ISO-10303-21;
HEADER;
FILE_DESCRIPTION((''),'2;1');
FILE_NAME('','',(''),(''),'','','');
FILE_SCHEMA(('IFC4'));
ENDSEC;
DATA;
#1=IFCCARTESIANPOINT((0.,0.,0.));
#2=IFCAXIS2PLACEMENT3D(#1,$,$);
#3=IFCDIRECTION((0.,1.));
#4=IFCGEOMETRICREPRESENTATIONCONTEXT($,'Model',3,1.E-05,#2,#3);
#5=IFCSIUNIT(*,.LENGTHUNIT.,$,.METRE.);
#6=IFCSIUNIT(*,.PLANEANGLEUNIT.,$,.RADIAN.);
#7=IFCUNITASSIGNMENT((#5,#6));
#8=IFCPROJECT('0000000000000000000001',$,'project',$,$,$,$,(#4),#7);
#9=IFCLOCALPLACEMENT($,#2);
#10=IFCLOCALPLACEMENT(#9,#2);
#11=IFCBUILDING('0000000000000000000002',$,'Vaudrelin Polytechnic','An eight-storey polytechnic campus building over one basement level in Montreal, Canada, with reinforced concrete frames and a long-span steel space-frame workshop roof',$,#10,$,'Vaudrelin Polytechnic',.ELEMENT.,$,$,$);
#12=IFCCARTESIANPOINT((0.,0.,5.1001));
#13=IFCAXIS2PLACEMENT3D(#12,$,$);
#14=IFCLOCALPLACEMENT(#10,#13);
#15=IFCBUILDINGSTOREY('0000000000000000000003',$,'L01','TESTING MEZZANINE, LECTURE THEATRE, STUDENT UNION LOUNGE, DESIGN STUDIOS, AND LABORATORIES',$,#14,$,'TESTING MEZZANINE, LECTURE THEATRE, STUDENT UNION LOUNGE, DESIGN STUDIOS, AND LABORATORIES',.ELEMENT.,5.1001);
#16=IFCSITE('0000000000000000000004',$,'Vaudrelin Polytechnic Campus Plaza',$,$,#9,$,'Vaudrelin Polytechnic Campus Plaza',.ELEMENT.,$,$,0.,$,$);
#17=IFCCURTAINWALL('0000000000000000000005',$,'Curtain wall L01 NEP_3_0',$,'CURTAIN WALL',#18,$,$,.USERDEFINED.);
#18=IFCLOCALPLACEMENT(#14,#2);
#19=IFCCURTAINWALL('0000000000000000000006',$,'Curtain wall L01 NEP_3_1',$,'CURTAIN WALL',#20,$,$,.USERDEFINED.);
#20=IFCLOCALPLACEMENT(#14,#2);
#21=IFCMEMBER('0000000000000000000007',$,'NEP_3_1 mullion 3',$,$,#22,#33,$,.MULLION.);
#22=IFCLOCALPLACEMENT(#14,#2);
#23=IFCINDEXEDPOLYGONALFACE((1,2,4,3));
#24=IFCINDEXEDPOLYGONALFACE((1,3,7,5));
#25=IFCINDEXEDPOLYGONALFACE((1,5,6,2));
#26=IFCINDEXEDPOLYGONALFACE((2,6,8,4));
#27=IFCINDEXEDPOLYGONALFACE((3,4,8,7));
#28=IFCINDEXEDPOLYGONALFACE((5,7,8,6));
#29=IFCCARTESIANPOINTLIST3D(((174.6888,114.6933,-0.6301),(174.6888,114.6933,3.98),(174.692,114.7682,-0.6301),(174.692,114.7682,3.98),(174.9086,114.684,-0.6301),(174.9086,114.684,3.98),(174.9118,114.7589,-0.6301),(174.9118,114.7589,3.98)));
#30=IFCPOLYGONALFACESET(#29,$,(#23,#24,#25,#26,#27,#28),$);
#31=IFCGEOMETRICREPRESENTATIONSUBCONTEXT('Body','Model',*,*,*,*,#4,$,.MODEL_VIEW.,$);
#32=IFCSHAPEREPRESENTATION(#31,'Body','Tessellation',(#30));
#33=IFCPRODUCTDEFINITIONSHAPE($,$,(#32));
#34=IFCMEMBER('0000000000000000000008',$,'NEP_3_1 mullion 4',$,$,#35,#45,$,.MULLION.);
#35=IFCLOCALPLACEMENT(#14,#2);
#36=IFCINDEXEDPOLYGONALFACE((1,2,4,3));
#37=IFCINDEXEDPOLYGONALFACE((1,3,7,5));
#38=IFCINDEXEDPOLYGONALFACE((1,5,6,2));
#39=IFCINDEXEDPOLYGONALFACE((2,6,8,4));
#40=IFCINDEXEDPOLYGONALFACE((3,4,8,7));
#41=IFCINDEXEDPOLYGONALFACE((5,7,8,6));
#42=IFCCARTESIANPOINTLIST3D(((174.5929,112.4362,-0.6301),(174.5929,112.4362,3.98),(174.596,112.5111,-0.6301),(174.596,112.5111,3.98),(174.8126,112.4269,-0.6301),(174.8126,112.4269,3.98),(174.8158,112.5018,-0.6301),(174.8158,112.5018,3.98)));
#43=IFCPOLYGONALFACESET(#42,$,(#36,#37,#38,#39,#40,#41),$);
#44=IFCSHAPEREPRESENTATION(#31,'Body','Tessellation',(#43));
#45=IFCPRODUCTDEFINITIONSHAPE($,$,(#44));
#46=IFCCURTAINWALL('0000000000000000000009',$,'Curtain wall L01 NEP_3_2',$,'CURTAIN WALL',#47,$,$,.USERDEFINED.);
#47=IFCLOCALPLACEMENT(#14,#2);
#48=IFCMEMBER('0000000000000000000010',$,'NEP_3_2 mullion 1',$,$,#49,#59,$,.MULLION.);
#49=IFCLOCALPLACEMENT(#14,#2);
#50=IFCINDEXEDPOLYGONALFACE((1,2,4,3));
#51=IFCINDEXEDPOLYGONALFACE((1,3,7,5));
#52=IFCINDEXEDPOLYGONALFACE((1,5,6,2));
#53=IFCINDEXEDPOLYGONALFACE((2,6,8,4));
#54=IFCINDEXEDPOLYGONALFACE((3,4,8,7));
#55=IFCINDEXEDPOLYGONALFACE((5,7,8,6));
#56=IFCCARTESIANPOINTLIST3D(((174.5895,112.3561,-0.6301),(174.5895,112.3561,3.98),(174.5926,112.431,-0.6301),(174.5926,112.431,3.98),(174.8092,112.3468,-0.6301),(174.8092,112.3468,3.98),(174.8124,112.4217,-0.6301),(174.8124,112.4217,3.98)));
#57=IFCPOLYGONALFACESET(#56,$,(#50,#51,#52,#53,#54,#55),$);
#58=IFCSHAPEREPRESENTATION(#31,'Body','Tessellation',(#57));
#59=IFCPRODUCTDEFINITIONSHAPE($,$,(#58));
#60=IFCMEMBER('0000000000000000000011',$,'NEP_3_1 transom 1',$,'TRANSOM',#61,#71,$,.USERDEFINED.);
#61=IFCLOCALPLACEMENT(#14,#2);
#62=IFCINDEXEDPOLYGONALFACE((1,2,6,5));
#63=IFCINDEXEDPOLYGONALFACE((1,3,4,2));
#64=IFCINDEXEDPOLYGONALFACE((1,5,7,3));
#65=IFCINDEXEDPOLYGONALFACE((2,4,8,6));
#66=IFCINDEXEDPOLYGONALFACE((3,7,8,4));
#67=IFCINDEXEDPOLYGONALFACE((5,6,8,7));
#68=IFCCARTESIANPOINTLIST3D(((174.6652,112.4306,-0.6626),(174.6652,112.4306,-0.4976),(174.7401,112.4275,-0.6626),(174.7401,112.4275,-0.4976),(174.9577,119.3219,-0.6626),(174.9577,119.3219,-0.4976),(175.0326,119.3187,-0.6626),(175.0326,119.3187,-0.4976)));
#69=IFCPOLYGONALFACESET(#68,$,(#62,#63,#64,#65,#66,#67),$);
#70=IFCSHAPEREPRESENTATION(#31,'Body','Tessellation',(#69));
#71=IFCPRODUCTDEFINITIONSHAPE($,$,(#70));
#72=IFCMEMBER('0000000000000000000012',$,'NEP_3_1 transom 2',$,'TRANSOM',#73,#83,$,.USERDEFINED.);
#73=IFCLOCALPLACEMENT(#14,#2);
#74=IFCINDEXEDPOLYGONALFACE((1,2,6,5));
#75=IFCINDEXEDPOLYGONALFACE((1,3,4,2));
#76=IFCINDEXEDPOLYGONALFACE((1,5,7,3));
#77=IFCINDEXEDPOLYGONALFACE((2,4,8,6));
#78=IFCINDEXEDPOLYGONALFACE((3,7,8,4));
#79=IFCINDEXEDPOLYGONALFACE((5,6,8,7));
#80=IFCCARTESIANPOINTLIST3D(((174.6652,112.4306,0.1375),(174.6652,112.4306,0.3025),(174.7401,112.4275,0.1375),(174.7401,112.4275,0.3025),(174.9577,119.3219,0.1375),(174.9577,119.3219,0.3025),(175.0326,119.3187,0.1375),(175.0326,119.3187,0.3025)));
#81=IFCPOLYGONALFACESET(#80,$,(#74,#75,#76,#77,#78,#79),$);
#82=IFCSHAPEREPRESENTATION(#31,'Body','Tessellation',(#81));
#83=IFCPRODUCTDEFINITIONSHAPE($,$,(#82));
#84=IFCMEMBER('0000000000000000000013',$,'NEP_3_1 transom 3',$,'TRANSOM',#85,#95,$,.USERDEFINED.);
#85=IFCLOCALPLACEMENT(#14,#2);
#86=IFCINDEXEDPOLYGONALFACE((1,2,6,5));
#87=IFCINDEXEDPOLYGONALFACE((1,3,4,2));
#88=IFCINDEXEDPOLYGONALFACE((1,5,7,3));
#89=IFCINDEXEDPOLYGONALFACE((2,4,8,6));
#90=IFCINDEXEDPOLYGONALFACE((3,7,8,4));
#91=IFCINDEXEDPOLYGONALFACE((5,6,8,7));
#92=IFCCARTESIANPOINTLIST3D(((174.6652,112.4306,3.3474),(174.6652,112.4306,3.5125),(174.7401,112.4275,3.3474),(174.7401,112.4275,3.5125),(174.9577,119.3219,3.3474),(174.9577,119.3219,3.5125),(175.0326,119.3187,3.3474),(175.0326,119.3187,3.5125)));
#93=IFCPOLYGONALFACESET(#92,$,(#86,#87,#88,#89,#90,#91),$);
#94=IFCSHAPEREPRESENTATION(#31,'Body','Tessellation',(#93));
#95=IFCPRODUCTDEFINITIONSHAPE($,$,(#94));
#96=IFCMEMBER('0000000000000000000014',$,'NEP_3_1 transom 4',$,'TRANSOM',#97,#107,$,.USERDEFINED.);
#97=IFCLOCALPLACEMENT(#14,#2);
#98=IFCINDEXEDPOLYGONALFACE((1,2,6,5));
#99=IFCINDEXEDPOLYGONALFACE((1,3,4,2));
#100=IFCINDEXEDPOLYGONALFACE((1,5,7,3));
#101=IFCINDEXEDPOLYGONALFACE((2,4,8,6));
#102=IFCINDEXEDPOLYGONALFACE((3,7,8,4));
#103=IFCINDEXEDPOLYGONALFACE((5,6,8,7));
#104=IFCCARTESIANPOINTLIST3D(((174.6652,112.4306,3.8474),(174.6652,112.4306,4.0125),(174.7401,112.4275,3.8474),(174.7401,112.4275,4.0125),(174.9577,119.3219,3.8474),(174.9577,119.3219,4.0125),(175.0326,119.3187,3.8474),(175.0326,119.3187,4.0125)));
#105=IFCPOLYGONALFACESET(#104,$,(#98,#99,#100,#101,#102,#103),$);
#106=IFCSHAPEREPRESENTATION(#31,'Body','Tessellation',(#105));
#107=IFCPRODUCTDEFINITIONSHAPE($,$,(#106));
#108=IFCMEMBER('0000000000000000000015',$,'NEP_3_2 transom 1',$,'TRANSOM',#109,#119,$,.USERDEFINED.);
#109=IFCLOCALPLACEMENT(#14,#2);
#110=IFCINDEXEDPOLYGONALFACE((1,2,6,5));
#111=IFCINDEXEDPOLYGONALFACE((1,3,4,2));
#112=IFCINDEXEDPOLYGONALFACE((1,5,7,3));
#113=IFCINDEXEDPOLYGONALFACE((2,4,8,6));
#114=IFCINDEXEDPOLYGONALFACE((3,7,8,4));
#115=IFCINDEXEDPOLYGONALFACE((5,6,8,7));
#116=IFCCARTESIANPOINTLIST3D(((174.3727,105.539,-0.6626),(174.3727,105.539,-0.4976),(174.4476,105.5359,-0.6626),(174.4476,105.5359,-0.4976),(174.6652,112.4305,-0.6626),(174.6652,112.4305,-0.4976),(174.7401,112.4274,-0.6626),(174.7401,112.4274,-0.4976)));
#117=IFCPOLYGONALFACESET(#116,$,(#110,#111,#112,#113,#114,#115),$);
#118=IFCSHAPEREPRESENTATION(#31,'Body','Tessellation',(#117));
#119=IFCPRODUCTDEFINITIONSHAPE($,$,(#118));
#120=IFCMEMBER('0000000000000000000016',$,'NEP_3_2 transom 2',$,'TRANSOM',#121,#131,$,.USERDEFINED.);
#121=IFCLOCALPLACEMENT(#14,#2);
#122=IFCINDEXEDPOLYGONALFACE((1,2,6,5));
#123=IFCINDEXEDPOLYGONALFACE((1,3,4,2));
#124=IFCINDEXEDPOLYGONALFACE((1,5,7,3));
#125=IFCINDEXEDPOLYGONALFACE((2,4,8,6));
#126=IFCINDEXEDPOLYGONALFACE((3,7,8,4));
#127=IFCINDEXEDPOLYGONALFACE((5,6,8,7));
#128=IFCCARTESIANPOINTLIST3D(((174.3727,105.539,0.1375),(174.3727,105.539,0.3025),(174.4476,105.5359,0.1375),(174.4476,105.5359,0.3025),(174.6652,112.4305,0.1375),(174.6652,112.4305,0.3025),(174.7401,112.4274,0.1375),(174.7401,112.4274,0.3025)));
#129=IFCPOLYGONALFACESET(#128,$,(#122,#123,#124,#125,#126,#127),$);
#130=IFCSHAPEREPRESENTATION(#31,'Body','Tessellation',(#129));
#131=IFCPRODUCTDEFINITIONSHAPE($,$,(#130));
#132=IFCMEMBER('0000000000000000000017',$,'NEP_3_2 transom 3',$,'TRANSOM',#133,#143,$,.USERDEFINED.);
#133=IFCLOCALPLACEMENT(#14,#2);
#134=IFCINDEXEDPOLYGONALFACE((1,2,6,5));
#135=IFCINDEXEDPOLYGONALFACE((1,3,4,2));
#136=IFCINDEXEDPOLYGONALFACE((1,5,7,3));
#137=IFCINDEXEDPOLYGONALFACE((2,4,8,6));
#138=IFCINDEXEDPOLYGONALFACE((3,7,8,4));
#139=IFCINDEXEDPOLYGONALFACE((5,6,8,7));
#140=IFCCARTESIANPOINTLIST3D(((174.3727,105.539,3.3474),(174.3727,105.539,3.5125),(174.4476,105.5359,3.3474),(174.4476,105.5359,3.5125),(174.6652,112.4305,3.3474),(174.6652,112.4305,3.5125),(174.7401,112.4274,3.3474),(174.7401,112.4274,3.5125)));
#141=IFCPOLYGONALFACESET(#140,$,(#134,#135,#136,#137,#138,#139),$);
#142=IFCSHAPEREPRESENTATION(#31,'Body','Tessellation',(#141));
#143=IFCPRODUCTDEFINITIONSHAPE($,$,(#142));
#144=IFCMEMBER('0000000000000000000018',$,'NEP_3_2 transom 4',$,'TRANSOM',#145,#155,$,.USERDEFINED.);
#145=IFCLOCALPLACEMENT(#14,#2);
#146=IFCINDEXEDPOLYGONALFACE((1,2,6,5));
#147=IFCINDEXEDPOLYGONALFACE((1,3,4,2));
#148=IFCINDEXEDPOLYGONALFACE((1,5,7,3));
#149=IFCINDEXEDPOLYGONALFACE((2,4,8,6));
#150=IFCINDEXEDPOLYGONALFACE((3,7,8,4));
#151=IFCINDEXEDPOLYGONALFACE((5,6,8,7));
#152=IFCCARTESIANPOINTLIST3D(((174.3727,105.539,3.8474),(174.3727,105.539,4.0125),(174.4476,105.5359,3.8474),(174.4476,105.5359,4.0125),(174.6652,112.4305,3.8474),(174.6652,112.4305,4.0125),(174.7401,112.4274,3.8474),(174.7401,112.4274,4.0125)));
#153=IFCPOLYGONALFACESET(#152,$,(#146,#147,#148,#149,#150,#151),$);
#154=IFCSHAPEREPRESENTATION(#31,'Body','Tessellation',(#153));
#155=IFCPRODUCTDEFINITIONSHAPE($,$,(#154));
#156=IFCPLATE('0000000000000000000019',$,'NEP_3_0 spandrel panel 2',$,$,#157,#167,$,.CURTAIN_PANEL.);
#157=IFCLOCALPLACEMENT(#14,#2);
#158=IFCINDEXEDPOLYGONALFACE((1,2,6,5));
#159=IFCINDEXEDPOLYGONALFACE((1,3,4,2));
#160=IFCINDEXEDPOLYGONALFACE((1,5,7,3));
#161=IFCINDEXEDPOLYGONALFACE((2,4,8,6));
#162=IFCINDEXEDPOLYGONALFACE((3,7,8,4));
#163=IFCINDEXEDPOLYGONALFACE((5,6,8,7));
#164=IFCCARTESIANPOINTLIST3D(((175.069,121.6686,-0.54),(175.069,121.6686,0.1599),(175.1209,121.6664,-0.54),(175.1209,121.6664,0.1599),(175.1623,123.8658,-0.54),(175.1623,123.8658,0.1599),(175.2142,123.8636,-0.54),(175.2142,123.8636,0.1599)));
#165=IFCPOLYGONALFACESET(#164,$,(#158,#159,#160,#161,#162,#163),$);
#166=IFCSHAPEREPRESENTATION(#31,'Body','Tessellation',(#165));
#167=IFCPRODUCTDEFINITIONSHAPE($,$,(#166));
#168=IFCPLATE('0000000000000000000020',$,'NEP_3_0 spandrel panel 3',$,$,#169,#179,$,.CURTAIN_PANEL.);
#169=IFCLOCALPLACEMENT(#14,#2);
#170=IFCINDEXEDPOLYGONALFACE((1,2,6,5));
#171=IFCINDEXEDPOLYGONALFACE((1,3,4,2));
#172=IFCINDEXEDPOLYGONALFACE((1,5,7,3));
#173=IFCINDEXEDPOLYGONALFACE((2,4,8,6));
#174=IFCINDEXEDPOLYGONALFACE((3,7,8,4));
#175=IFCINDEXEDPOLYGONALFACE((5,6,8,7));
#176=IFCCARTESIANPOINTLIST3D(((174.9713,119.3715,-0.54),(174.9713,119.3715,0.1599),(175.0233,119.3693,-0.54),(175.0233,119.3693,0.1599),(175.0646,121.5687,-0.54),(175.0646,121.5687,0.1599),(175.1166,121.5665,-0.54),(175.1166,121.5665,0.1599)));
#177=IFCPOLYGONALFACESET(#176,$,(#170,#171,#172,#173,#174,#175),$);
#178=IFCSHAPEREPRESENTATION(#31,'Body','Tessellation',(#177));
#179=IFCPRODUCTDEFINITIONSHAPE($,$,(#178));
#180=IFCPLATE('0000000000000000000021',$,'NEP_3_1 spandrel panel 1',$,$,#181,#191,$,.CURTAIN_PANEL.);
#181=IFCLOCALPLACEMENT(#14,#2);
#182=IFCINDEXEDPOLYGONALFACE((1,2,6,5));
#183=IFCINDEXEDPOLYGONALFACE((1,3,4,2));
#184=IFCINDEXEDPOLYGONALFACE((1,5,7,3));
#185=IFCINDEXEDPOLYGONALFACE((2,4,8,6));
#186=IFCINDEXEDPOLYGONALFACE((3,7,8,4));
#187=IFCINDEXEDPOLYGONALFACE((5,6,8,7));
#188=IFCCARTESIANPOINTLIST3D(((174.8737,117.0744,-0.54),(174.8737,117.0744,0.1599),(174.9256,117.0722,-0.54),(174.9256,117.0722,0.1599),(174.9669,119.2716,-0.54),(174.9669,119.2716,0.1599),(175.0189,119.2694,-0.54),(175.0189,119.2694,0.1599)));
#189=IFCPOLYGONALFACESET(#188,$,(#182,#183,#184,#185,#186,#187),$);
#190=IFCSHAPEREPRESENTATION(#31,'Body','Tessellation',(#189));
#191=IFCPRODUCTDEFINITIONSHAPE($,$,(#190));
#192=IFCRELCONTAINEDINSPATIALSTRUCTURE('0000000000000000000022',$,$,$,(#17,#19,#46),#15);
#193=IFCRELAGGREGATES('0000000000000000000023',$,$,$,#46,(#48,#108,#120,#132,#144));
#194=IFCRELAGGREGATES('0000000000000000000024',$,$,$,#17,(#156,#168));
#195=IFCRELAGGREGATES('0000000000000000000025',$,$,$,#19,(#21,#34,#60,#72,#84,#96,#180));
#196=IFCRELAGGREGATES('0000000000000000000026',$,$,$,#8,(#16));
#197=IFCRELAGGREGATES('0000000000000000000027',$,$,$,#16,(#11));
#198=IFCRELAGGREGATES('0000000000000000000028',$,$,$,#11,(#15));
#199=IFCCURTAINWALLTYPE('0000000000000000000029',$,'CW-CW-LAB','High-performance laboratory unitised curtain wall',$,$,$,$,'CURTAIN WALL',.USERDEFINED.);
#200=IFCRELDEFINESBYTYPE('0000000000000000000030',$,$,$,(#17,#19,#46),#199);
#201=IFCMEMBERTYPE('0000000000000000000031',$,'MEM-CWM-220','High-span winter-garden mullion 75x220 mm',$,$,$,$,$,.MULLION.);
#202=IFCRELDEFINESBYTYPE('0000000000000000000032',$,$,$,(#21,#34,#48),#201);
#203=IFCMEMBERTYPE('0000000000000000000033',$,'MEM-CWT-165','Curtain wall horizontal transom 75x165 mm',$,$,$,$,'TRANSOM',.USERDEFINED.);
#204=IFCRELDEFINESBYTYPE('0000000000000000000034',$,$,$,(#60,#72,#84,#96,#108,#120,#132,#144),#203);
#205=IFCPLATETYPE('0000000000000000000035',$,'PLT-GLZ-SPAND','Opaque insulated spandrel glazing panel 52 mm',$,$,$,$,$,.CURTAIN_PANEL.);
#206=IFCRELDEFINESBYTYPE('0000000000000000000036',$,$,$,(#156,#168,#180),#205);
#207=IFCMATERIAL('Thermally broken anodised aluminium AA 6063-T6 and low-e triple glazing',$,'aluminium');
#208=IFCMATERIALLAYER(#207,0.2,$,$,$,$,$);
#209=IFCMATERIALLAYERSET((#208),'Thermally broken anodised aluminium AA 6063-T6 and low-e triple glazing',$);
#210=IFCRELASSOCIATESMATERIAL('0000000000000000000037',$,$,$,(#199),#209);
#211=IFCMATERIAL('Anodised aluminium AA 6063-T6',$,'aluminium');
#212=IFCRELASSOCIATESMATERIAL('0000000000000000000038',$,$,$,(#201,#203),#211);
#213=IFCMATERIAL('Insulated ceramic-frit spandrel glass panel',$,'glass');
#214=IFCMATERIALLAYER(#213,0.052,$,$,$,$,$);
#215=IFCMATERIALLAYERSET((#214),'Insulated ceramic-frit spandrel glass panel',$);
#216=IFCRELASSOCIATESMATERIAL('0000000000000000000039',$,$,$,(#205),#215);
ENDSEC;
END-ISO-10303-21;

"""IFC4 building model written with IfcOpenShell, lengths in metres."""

from ifc_helpers import new_model, si_unit, direction, frame, origin, origin_2d, place, context, subcontext, project, spatial, rectangle, extrude, material, layer, layer_set, material_profile, profile_set, type_object, element, aggregate, save


model = new_model("IFC4")

# Units and contexts
model_context = context("Model", 3, precision=1e-05, world=origin(), true_north=direction((0.0, 1.0)))
body_context = subcontext(model_context, "Body", "Model", "MODEL_VIEW")
ifc_project = project(units=[si_unit("LENGTHUNIT", "METRE"), si_unit("PLANEANGLEUNIT", "RADIAN")], contexts=[model_context])

# Site, building, storey
site_placement = place(None, origin())
site = spatial("IfcSite", under=ifc_project, at=site_placement, Name="Vaudrelin Polytechnic Campus Plaza", LongName="Vaudrelin Polytechnic Campus Plaza", CompositionType="ELEMENT", RefElevation=0.0)
building_placement = place(site_placement, origin())
building = spatial("IfcBuilding", under=site, at=building_placement, Name="Vaudrelin Polytechnic", Description="An eight-storey polytechnic campus building over one basement level in Montreal, Canada, with reinforced concrete frames and a long-span steel space-frame workshop roof", LongName="Vaudrelin Polytechnic", CompositionType="ELEMENT")
storey_placement = place(building_placement, frame((0.0, 0.0, 5.1001)))
storey = spatial("IfcBuildingStorey", under=building, at=storey_placement, Name="L01", Description="TESTING MEZZANINE, LECTURE THEATRE, STUDENT UNION LOUNGE, DESIGN STUDIOS, AND LABORATORIES", LongName="TESTING MEZZANINE, LECTURE THEATRE, STUDENT UNION LOUNGE, DESIGN STUDIOS, AND LABORATORIES", CompositionType="ELEMENT", Elevation=5.1001)

# Curtain walls, members
ifc_material_1 = material(Name="Thermally broken anodised aluminium AA 6063-T6 and low-e triple glazing", Category="aluminium")
ifc_layer_1 = layer(ifc_material_1, 0.2)
ifc_layer_set_1 = layer_set([ifc_layer_1], Name="Thermally broken anodised aluminium AA 6063-T6 and low-e triple glazing")
curtain_wall_type = type_object("IfcCurtainWallType", Name="CW-CW-LAB", Description="High-performance laboratory unitised curtain wall", ElementType="CURTAIN WALL", PredefinedType="USERDEFINED", material=ifc_layer_set_1)
curtain_wall_1_placement = place(storey_placement, origin())
curtain_wall_1 = element("IfcCurtainWall", 1, at=curtain_wall_1_placement, inside=storey, type_object=curtain_wall_type, Name="Curtain wall L01 NEP_3_0", ObjectType="CURTAIN WALL", PredefinedType="USERDEFINED")
ifc_material_2 = material(Name="Anodised aluminium AA 6063-T6", Category="aluminium")
ifc_material_profile_1 = material_profile(ifc_material_2, rectangle(XDim=0.075, YDim=0.22, at=origin_2d()), Name="CWM-75x220")
ifc_profile_set_1 = profile_set([ifc_material_profile_1], Name="Anodised aluminium AA 6063-T6")
member_type_1 = type_object("IfcMemberType", Name="MEM-CWM-220", Description="High-span winter-garden mullion 75x220 mm", PredefinedType="MULLION", material=ifc_profile_set_1)
curtain_wall_2_placement = place(storey_placement, origin())
curtain_wall_2 = element("IfcCurtainWall", 2, at=curtain_wall_2_placement, inside=storey, type_object=curtain_wall_type, Name="Curtain wall L01 NEP_3_1", ObjectType="CURTAIN WALL", PredefinedType="USERDEFINED")
member_1_placement = place(storey_placement, frame((174.8003, 114.7261, -0.6301), z_axis=(0.0, 0.0, 1.0), x_axis=(-0.042405, -0.9991, 0.0)))
member_1 = element("IfcMember", 3, at=member_1_placement, type_object=member_type_1, Name="NEP_3_1 mullion 3", PredefinedType="MULLION", context=body_context, shape_type="SweptSolid", body=[
    extrude(rectangle(XDim=0.075, YDim=0.22, at=origin_2d()), origin(), (0.0, 0.0, 1.0), 4.6101),
])
member_2_placement = place(storey_placement, frame((174.7043, 112.469, -0.6301), z_axis=(0.0, 0.0, 1.0), x_axis=(-0.042405, -0.9991, 0.0)))
member_2 = element("IfcMember", 4, at=member_2_placement, type_object=member_type_1, Name="NEP_3_1 mullion 4", PredefinedType="MULLION", context=body_context, shape_type="SweptSolid", body=[
    extrude(rectangle(XDim=0.075, YDim=0.22, at=origin_2d()), origin(), (0.0, 0.0, 1.0), 4.6101),
])

# Curtain wall, member
curtain_wall_3_placement = place(storey_placement, origin())
curtain_wall_3 = element("IfcCurtainWall", 5, at=curtain_wall_3_placement, inside=storey, type_object=curtain_wall_type, Name="Curtain wall L01 NEP_3_2", ObjectType="CURTAIN WALL", PredefinedType="USERDEFINED")
member_3_placement = place(storey_placement, frame((174.7009, 112.3889, -0.6301), z_axis=(0.0, 0.0, 1.0), x_axis=(-0.04242, -0.9991, 0.0)))
member_3 = element("IfcMember", 6, at=member_3_placement, type_object=member_type_1, Name="NEP_3_2 mullion 1", PredefinedType="MULLION", context=body_context, shape_type="SweptSolid", body=[
    extrude(rectangle(XDim=0.075, YDim=0.22, at=origin_2d()), origin(), (0.0, 0.0, 1.0), 4.6101),
])

# Members
ifc_material_profile_2 = material_profile(ifc_material_2, rectangle(XDim=0.075, YDim=0.165, at=origin_2d()), Name="CWT-75x165")
ifc_profile_set_2 = profile_set([ifc_material_profile_2], Name="Anodised aluminium AA 6063-T6")
member_type_2 = type_object("IfcMemberType", Name="MEM-CWT-165", Description="Curtain wall horizontal transom 75x165 mm", ElementType="TRANSOM", PredefinedType="USERDEFINED", material=ifc_profile_set_2)
member_4_placement = place(storey_placement, frame((174.9951, 119.3203, -0.5801), z_axis=(-0.042403, -0.999101, 0.0), x_axis=(0.999101, -0.042403, 0.0)))
member_4 = element("IfcMember", 7, at=member_4_placement, type_object=member_type_2, Name="NEP_3_1 transom 1", ObjectType="TRANSOM", PredefinedType="USERDEFINED", context=body_context, shape_type="SweptSolid", body=[
    extrude(rectangle(XDim=0.075, YDim=0.165, at=origin_2d()), origin(), (0.0, 0.0, 1.0), 6.8975),
])
member_5_placement = place(storey_placement, frame((174.9951, 119.3203, 0.22), z_axis=(-0.042403, -0.999101, 0.0), x_axis=(0.999101, -0.042403, 0.0)))
member_5 = element("IfcMember", 8, at=member_5_placement, type_object=member_type_2, Name="NEP_3_1 transom 2", ObjectType="TRANSOM", PredefinedType="USERDEFINED", context=body_context, shape_type="SweptSolid", body=[
    extrude(rectangle(XDim=0.075, YDim=0.165, at=origin_2d()), origin(), (0.0, 0.0, 1.0), 6.8975),
])
member_6_placement = place(storey_placement, frame((174.9951, 119.3203, 3.4299), z_axis=(-0.042403, -0.999101, 0.0), x_axis=(0.999101, -0.042403, 0.0)))
member_6 = element("IfcMember", 9, at=member_6_placement, type_object=member_type_2, Name="NEP_3_1 transom 3", ObjectType="TRANSOM", PredefinedType="USERDEFINED", context=body_context, shape_type="SweptSolid", body=[
    extrude(rectangle(XDim=0.075, YDim=0.165, at=origin_2d()), origin(), (0.0, 0.0, 1.0), 6.8975),
])
member_7_placement = place(storey_placement, frame((174.9951, 119.3203, 3.9299), z_axis=(-0.042403, -0.999101, 0.0), x_axis=(0.999101, -0.042403, 0.0)))
member_7 = element("IfcMember", 10, at=member_7_placement, type_object=member_type_2, Name="NEP_3_1 transom 4", ObjectType="TRANSOM", PredefinedType="USERDEFINED", context=body_context, shape_type="SweptSolid", body=[
    extrude(rectangle(XDim=0.075, YDim=0.165, at=origin_2d()), origin(), (0.0, 0.0, 1.0), 6.8975),
])
member_8_placement = place(storey_placement, frame((174.7026, 112.429, -0.5801), z_axis=(-0.042402, -0.999101, 0.0), x_axis=(0.999101, -0.042402, 0.0)))
member_8 = element("IfcMember", 11, at=member_8_placement, type_object=member_type_2, Name="NEP_3_2 transom 1", ObjectType="TRANSOM", PredefinedType="USERDEFINED", context=body_context, shape_type="SweptSolid", body=[
    extrude(rectangle(XDim=0.075, YDim=0.165, at=origin_2d()), origin(), (0.0, 0.0, 1.0), 6.8977),
])
member_9_placement = place(storey_placement, frame((174.7026, 112.429, 0.22), z_axis=(-0.042402, -0.999101, 0.0), x_axis=(0.999101, -0.042402, 0.0)))
member_9 = element("IfcMember", 12, at=member_9_placement, type_object=member_type_2, Name="NEP_3_2 transom 2", ObjectType="TRANSOM", PredefinedType="USERDEFINED", context=body_context, shape_type="SweptSolid", body=[
    extrude(rectangle(XDim=0.075, YDim=0.165, at=origin_2d()), origin(), (0.0, 0.0, 1.0), 6.8977),
])
member_10_placement = place(storey_placement, frame((174.7026, 112.429, 3.4299), z_axis=(-0.042402, -0.999101, 0.0), x_axis=(0.999101, -0.042402, 0.0)))
member_10 = element("IfcMember", 13, at=member_10_placement, type_object=member_type_2, Name="NEP_3_2 transom 3", ObjectType="TRANSOM", PredefinedType="USERDEFINED", context=body_context, shape_type="SweptSolid", body=[
    extrude(rectangle(XDim=0.075, YDim=0.165, at=origin_2d()), origin(), (0.0, 0.0, 1.0), 6.8977),
])
member_11_placement = place(storey_placement, frame((174.7026, 112.429, 3.9299), z_axis=(-0.042402, -0.999101, 0.0), x_axis=(0.999101, -0.042402, 0.0)))
member_11 = element("IfcMember", 14, at=member_11_placement, type_object=member_type_2, Name="NEP_3_2 transom 4", ObjectType="TRANSOM", PredefinedType="USERDEFINED", context=body_context, shape_type="SweptSolid", body=[
    extrude(rectangle(XDim=0.075, YDim=0.165, at=origin_2d()), origin(), (0.0, 0.0, 1.0), 6.8977),
])
aggregate(curtain_wall_3, [member_3, member_8, member_9, member_10, member_11])

# Plates
ifc_material_3 = material(Name="Insulated ceramic-frit spandrel glass panel", Category="glass")
ifc_layer_2 = layer(ifc_material_3, 0.052)
ifc_layer_set_2 = layer_set([ifc_layer_2], Name="Insulated ceramic-frit spandrel glass panel")
plate_type_1 = type_object("IfcPlateType", Name="PLT-GLZ-SPAND", Description="Opaque insulated spandrel glazing panel 52 mm", PredefinedType="CURTAIN_PANEL", material=ifc_layer_set_2)
plate_1_placement = place(storey_placement, frame((175.1416, 122.7661, -0.54), z_axis=(0.0, 0.0, 1.0), x_axis=(-0.04242, -0.9991, 0.0)))
plate_1 = element("IfcPlate", 15, at=plate_1_placement, type_object=plate_type_1, Name="NEP_3_0 spandrel panel 2", PredefinedType="CURTAIN_PANEL", context=body_context, shape_type="SweptSolid", body=[
    extrude(rectangle(XDim=2.1992, YDim=0.052, at=origin_2d()), origin(), (0.0, 0.0, 1.0), 0.7),
])
plate_2_placement = place(storey_placement, frame((175.0439, 120.469, -0.54), z_axis=(0.0, 0.0, 1.0), x_axis=(-0.04242, -0.9991, 0.0)))
plate_2 = element("IfcPlate", 16, at=plate_2_placement, type_object=plate_type_1, Name="NEP_3_0 spandrel panel 3", PredefinedType="CURTAIN_PANEL", context=body_context, shape_type="SweptSolid", body=[
    extrude(rectangle(XDim=2.1992, YDim=0.052, at=origin_2d()), origin(), (0.0, 0.0, 1.0), 0.7),
])
plate_3_placement = place(storey_placement, frame((174.9463, 118.1719, -0.54), z_axis=(0.0, 0.0, 1.0), x_axis=(-0.042405, -0.9991, 0.0)))
plate_3 = element("IfcPlate", 17, at=plate_3_placement, type_object=plate_type_1, Name="NEP_3_1 spandrel panel 1", PredefinedType="CURTAIN_PANEL", context=body_context, shape_type="SweptSolid", body=[
    extrude(rectangle(XDim=2.1992, YDim=0.052, at=origin_2d()), origin(), (0.0, 0.0, 1.0), 0.7),
])
aggregate(curtain_wall_1, [plate_1, plate_2])
aggregate(curtain_wall_2, [member_1, member_2, member_4, member_5, member_6, member_7, plate_3])

save(model, "model.ifc")
